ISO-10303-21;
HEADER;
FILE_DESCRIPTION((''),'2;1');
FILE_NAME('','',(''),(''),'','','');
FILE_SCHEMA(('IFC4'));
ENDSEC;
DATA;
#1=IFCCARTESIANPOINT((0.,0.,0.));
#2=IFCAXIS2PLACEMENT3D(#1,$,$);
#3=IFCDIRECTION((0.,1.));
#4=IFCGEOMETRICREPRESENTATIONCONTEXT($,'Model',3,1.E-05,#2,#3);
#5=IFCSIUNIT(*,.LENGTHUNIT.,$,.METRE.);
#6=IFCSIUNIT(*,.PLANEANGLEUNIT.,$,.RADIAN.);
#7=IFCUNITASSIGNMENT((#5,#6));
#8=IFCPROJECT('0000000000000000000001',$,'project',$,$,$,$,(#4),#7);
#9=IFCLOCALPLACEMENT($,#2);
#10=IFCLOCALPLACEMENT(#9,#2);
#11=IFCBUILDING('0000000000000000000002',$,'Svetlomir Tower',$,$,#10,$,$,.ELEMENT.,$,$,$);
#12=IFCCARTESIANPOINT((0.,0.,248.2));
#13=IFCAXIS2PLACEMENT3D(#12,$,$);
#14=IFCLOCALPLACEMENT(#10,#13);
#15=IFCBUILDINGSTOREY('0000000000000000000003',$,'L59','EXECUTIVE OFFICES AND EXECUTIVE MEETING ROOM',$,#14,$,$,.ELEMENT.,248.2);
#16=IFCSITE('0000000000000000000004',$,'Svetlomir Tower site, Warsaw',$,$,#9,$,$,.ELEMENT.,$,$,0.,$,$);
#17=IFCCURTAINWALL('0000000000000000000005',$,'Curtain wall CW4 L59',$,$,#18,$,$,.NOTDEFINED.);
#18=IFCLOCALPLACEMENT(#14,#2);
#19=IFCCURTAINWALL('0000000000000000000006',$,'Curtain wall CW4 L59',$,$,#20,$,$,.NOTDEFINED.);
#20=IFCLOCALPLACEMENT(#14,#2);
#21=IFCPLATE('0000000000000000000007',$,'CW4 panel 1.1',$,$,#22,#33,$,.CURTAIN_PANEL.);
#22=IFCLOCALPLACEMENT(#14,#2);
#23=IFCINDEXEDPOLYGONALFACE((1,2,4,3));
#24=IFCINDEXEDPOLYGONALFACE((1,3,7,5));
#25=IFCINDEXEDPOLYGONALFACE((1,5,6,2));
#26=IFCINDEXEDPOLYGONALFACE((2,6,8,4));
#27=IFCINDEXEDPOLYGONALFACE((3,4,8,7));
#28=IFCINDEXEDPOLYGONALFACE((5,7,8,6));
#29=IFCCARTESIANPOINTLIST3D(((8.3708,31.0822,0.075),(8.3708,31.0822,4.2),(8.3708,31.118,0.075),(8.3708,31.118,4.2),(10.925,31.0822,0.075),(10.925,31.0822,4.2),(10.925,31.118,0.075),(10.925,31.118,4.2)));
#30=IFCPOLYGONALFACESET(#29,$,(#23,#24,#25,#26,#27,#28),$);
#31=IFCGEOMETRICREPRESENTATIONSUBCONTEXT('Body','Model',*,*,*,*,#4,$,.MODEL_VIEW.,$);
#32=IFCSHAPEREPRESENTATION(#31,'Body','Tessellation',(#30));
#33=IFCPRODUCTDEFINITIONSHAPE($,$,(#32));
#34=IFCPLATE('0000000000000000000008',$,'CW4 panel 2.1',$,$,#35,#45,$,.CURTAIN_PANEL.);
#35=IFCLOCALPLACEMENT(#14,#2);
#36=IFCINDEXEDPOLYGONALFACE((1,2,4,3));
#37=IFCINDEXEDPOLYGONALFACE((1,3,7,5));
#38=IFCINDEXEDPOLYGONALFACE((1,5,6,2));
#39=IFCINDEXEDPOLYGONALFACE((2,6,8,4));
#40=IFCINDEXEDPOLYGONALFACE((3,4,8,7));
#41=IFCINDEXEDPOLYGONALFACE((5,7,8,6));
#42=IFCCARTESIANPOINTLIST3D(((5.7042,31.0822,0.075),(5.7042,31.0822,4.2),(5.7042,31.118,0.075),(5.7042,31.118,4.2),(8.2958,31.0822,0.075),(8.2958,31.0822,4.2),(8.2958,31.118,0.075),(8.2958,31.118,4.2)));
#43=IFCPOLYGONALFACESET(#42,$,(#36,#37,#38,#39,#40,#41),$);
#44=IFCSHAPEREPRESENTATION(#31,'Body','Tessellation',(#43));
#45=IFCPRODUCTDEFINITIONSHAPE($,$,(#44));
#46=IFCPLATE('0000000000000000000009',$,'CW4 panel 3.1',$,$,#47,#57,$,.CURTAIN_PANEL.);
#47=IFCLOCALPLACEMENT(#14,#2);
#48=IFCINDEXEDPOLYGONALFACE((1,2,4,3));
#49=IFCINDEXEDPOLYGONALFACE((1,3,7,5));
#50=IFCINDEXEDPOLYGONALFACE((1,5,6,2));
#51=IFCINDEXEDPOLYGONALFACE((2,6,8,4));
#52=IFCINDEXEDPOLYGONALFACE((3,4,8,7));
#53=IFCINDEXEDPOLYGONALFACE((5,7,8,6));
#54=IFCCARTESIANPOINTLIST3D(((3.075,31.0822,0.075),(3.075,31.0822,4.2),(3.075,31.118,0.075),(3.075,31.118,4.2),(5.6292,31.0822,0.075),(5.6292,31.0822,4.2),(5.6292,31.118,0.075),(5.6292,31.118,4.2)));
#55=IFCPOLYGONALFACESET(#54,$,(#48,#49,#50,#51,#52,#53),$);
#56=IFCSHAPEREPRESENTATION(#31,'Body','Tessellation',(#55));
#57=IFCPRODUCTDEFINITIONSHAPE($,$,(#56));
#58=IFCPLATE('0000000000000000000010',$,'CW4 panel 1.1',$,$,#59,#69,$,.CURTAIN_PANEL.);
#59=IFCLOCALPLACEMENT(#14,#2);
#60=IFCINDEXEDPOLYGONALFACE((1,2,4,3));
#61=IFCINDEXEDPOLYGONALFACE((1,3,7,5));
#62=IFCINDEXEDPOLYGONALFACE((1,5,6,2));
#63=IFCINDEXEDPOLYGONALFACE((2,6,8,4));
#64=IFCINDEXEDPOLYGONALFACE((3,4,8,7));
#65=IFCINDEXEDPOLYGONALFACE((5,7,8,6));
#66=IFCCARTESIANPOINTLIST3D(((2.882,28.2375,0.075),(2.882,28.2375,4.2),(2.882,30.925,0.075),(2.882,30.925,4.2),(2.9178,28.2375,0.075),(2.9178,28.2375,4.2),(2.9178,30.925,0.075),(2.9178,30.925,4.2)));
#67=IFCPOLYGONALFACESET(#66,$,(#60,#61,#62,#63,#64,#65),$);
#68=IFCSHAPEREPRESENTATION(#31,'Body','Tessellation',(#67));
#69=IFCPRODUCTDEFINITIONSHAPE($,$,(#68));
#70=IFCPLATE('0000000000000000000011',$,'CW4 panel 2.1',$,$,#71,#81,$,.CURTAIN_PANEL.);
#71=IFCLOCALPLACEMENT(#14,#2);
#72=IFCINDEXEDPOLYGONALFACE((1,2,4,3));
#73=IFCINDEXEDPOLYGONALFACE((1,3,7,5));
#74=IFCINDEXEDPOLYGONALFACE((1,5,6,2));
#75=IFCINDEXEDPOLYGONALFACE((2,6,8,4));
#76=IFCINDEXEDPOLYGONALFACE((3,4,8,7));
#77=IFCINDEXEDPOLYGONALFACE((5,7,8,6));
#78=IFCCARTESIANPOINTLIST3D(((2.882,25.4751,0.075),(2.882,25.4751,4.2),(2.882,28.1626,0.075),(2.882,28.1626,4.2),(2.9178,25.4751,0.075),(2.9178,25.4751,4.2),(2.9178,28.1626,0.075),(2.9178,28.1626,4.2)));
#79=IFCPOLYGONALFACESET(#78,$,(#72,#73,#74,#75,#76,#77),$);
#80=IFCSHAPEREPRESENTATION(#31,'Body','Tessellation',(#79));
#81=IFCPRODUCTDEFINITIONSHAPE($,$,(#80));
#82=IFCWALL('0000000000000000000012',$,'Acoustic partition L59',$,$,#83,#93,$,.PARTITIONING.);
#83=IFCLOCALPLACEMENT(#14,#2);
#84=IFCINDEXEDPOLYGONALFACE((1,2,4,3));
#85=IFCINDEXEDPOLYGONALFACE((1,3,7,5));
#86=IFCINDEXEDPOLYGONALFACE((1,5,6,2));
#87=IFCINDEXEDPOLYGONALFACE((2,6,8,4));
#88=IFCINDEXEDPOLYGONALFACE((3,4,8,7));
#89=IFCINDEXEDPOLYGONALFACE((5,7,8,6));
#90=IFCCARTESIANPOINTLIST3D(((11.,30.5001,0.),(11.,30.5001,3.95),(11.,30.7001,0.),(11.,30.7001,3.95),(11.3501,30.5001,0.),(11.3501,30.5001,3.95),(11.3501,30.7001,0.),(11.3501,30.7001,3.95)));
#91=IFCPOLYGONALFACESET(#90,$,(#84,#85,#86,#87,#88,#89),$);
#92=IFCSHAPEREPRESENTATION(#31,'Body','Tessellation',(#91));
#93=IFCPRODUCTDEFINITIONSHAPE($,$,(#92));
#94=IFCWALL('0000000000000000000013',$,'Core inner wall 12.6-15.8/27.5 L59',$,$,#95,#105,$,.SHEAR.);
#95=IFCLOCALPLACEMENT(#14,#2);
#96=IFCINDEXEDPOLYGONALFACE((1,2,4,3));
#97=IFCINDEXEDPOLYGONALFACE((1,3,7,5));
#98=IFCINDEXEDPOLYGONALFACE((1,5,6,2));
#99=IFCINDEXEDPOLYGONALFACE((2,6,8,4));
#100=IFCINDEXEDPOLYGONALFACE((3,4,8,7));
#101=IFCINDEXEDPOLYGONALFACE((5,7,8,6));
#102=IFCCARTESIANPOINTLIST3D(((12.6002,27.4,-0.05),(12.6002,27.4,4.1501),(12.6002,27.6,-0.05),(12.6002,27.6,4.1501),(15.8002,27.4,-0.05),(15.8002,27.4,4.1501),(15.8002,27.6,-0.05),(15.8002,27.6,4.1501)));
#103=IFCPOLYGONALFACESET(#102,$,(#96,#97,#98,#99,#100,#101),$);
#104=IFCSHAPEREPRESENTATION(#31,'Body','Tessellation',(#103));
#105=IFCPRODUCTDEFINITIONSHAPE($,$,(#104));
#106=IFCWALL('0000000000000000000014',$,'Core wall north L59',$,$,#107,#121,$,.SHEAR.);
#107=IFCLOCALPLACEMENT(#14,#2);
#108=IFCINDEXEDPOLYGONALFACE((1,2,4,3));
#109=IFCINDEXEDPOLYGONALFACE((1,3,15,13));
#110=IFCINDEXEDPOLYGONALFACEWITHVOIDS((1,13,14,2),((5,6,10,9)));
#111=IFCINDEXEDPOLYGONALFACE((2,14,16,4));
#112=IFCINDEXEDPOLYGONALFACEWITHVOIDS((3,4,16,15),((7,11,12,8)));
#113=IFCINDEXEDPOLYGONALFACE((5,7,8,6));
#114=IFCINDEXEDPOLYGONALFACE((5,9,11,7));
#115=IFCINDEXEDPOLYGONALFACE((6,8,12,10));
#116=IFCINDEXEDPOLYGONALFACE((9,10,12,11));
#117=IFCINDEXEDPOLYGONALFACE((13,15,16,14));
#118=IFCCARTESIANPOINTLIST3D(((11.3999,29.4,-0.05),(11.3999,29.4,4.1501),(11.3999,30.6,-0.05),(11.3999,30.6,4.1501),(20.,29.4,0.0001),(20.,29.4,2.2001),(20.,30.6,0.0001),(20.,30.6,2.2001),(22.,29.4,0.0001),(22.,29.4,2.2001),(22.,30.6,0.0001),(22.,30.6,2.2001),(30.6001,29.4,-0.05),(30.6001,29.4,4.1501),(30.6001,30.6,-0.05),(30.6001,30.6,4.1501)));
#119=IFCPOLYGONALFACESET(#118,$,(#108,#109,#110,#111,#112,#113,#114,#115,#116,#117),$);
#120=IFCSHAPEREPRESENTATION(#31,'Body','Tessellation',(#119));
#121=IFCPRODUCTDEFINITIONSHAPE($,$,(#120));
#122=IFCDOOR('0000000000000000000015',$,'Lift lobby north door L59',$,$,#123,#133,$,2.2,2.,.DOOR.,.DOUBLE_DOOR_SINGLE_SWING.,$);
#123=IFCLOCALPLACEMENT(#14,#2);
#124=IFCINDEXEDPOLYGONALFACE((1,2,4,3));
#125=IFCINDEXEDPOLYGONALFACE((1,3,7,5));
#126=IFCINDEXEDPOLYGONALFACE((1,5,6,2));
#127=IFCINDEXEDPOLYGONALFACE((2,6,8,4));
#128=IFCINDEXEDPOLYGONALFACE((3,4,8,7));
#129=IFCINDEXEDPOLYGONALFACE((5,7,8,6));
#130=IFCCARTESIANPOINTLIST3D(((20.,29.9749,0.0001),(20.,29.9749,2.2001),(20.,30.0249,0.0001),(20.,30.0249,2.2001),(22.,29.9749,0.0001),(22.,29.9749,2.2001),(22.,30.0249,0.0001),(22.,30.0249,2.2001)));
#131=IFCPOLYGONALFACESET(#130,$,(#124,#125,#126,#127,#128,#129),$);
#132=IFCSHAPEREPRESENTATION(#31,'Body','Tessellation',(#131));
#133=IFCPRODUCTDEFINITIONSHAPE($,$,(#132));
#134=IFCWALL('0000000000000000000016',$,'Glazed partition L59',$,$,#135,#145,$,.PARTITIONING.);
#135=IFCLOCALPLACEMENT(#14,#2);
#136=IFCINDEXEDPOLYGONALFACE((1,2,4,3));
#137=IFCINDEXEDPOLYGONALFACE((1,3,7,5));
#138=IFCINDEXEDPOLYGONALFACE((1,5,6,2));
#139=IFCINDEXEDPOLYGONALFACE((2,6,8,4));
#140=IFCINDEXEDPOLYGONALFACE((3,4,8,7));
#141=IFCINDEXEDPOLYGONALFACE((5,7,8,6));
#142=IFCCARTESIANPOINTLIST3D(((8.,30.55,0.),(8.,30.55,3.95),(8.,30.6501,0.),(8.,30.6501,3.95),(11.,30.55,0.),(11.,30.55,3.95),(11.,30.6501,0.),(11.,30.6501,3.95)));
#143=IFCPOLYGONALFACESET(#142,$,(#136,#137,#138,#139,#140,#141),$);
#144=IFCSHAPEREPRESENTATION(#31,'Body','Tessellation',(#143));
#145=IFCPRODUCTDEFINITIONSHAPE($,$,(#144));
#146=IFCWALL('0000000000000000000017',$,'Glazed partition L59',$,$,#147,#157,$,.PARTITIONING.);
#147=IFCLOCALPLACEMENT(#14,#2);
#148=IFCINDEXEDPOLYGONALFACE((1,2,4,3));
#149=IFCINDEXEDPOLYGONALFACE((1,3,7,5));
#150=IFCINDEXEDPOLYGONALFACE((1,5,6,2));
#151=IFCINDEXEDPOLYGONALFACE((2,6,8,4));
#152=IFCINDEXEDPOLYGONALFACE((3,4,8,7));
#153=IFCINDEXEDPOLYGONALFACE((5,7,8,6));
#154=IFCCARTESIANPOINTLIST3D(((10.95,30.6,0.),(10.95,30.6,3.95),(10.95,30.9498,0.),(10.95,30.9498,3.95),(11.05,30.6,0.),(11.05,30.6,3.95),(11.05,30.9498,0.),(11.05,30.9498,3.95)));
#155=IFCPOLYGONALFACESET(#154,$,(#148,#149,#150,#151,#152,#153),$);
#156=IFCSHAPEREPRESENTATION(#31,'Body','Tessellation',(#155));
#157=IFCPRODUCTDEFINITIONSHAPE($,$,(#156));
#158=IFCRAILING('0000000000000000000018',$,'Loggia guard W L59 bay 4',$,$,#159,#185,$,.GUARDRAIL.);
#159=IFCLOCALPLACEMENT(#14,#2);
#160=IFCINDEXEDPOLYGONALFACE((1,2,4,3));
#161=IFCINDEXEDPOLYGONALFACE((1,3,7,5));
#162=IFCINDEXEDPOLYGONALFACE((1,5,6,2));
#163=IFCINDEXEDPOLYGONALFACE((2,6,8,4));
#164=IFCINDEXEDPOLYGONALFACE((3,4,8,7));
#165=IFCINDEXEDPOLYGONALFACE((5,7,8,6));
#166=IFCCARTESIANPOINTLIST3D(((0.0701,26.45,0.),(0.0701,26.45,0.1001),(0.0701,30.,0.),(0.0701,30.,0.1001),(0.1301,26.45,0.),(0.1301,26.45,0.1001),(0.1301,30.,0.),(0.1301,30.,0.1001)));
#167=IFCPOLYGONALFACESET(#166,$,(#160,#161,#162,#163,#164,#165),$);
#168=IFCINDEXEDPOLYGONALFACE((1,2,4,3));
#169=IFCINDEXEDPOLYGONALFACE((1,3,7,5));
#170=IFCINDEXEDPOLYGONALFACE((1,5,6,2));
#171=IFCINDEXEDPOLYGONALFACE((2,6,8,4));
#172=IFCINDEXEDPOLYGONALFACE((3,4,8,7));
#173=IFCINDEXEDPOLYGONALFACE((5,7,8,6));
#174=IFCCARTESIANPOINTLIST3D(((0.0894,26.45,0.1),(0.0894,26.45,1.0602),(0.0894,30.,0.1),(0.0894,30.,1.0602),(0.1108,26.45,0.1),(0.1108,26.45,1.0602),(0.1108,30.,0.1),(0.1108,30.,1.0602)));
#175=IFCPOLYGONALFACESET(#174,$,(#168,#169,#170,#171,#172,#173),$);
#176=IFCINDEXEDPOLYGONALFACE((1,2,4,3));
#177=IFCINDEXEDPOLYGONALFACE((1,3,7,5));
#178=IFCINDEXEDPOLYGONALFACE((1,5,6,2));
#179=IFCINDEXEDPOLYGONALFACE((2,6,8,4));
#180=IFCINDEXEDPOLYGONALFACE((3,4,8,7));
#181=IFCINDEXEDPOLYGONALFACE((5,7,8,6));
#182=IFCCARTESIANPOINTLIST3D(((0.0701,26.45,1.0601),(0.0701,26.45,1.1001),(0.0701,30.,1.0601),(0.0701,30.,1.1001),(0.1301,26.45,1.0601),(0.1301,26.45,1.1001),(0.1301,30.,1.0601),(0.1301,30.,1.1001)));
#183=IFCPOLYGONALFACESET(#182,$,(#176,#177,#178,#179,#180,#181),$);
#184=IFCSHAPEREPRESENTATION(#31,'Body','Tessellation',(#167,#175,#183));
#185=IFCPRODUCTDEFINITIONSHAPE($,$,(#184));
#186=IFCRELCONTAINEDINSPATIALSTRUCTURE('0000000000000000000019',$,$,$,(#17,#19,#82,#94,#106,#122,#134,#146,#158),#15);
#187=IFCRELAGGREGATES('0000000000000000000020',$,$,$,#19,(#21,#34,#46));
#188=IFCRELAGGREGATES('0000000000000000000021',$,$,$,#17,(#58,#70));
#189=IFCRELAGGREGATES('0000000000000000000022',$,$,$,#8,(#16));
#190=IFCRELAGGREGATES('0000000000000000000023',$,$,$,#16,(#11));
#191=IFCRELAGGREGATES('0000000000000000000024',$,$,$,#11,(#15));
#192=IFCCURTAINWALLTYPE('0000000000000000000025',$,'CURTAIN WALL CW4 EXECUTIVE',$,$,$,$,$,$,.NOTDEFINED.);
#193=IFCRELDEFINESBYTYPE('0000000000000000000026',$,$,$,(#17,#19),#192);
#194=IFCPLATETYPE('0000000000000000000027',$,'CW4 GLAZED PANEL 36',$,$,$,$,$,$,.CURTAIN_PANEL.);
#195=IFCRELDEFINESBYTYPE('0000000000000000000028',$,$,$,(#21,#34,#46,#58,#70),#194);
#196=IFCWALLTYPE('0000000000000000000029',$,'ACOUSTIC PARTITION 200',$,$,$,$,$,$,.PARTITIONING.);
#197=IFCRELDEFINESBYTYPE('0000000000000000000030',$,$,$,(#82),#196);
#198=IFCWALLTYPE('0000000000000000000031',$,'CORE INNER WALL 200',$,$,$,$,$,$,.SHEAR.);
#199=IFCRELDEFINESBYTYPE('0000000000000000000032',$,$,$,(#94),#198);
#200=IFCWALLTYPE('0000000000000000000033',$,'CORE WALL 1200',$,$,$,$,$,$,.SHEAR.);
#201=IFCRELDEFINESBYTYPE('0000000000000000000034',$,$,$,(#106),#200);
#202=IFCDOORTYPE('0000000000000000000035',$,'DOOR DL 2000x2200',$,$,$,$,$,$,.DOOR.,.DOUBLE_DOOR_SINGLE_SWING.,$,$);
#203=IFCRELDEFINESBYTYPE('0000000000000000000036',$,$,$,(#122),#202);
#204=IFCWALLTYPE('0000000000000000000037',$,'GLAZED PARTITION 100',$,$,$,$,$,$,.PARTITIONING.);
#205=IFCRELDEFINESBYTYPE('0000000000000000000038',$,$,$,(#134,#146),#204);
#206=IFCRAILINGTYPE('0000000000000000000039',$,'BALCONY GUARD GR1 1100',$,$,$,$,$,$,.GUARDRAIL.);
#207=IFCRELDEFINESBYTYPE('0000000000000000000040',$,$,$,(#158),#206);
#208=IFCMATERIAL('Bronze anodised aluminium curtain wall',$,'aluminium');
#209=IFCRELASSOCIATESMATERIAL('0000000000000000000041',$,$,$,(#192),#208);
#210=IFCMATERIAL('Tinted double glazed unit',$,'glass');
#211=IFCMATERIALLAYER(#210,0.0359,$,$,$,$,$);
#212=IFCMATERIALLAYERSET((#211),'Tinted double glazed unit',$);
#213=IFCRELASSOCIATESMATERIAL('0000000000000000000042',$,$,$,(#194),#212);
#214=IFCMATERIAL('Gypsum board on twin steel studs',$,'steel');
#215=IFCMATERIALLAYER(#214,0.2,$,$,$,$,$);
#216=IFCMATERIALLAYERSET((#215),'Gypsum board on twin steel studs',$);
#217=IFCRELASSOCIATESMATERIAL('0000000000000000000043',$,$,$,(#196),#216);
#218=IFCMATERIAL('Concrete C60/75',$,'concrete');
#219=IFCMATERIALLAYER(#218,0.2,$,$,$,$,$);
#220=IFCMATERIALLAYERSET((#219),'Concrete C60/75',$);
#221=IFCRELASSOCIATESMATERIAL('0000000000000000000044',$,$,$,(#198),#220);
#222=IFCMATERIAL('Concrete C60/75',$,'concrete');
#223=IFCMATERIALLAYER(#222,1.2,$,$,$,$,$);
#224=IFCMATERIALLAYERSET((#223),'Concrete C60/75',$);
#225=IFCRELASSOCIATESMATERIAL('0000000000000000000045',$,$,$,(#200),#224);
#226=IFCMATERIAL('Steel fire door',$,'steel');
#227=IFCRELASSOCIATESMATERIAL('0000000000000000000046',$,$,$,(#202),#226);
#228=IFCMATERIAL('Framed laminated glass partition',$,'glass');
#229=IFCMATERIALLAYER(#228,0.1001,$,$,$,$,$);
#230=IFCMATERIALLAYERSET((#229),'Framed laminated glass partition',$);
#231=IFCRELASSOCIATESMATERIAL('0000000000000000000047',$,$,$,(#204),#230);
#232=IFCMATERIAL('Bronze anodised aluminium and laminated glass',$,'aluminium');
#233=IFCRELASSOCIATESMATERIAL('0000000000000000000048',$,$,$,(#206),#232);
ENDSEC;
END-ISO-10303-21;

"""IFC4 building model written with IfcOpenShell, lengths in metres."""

from ifc_helpers import new_model, si_unit, direction, frame, frame_2d, origin, origin_2d, place, context, subcontext, project, spatial, rectangle, extrude, material, layer, layer_set, type_object, element, fill, aggregate, save


model = new_model("IFC4")

# Units and contexts
model_context = context("Model", 3, precision=1e-05, world=origin(), true_north=direction((0.0, 1.0)))
body_context = subcontext(model_context, "Body", "Model", "MODEL_VIEW")
ifc_project = project(units=[si_unit("LENGTHUNIT", "METRE"), si_unit("PLANEANGLEUNIT", "RADIAN")], contexts=[model_context])

# Site, building, storey
site_placement = place(None, origin())
site = spatial("IfcSite", under=ifc_project, at=site_placement, Name="Svetlomir Tower site, Warsaw", CompositionType="ELEMENT", RefElevation=0.0)
building_placement = place(site_placement, origin())
building = spatial("IfcBuilding", under=site, at=building_placement, Name="Svetlomir Tower", CompositionType="ELEMENT")
storey_placement = place(building_placement, frame((0.0, 0.0, 248.2)))
storey = spatial("IfcBuildingStorey", under=building, at=storey_placement, Name="L59", Description="EXECUTIVE OFFICES AND EXECUTIVE MEETING ROOM", CompositionType="ELEMENT", Elevation=248.2)

# Curtain wall
ifc_material_1 = material(Name="Bronze anodised aluminium curtain wall", Category="aluminium")
curtain_wall_type = type_object("IfcCurtainWallType", Name="CURTAIN WALL CW4 EXECUTIVE", PredefinedType="NOTDEFINED", material=ifc_material_1)
curtain_wall_1_placement = place(storey_placement, origin())
curtain_wall_1 = element("IfcCurtainWall", 1, at=curtain_wall_1_placement, inside=storey, type_object=curtain_wall_type, Name="Curtain wall CW4 L59", PredefinedType="NOTDEFINED")

# Curtain wall
curtain_wall_2_placement = place(storey_placement, origin())
curtain_wall_2 = element("IfcCurtainWall", 2, at=curtain_wall_2_placement, inside=storey, type_object=curtain_wall_type, Name="Curtain wall CW4 L59", PredefinedType="NOTDEFINED")

# Plates
ifc_material_2 = material(Name="Tinted double glazed unit", Category="glass")
ifc_layer_1 = layer(ifc_material_2, 0.0359)
ifc_layer_set_1 = layer_set([ifc_layer_1], Name="Tinted double glazed unit")
plate_type = type_object("IfcPlateType", Name="CW4 GLAZED PANEL 36", PredefinedType="CURTAIN_PANEL", material=ifc_layer_set_1)
plate_1_placement = place(storey_placement, frame((9.6479, 31.1001, 0.075), z_axis=(0.0, 0.0, 1.0), x_axis=(-1.0, 0.0, 0.0)))
plate_1 = element("IfcPlate", 3, at=plate_1_placement, type_object=plate_type, Name="CW4 panel 1.1", PredefinedType="CURTAIN_PANEL", context=body_context, shape_type="SweptSolid", body=[
    extrude(rectangle(XDim=2.5542, YDim=0.0359, at=origin_2d()), origin(), (0.0, 0.0, 1.0), 4.125),
])
plate_2_placement = place(storey_placement, frame((7.0, 31.1001, 0.075), z_axis=(0.0, 0.0, 1.0), x_axis=(-1.0, 0.0, 0.0)))
plate_2 = element("IfcPlate", 4, at=plate_2_placement, type_object=plate_type, Name="CW4 panel 2.1", PredefinedType="CURTAIN_PANEL", context=body_context, shape_type="SweptSolid", body=[
    extrude(rectangle(XDim=2.5916, YDim=0.0359, at=origin_2d()), origin(), (0.0, 0.0, 1.0), 4.125),
])
plate_3_placement = place(storey_placement, frame((4.3521, 31.1001, 0.075), z_axis=(0.0, 0.0, 1.0), x_axis=(-1.0, 0.0, 0.0)))
plate_3 = element("IfcPlate", 5, at=plate_3_placement, type_object=plate_type, Name="CW4 panel 3.1", PredefinedType="CURTAIN_PANEL", context=body_context, shape_type="SweptSolid", body=[
    extrude(rectangle(XDim=2.5542, YDim=0.0359, at=origin_2d()), origin(), (0.0, 0.0, 1.0), 4.125),
])
aggregate(curtain_wall_2, [plate_1, plate_2, plate_3])
plate_4_placement = place(storey_placement, frame((2.8999, 29.5813, 0.075), z_axis=(0.0, 0.0, 1.0), x_axis=(0.0, -1.0, 0.0)))
plate_4 = element("IfcPlate", 6, at=plate_4_placement, type_object=plate_type, Name="CW4 panel 1.1", PredefinedType="CURTAIN_PANEL", context=body_context, shape_type="SweptSolid", body=[
    extrude(rectangle(XDim=2.6875, YDim=0.0359, at=origin_2d()), origin(), (0.0, 0.0, 1.0), 4.125),
])
plate_5_placement = place(storey_placement, frame((2.8999, 26.8188, 0.075), z_axis=(0.0, 0.0, 1.0), x_axis=(0.0, -1.0, 0.0)))
plate_5 = element("IfcPlate", 7, at=plate_5_placement, type_object=plate_type, Name="CW4 panel 2.1", PredefinedType="CURTAIN_PANEL", context=body_context, shape_type="SweptSolid", body=[
    extrude(rectangle(XDim=2.6875, YDim=0.0359, at=origin_2d()), origin(), (0.0, 0.0, 1.0), 4.125),
])
aggregate(curtain_wall_1, [plate_4, plate_5])

# Walls
ifc_material_3 = material(Name="Gypsum board on twin steel studs", Category="steel")
ifc_layer_2 = layer(ifc_material_3, 0.2)
ifc_layer_set_2 = layer_set([ifc_layer_2], Name="Gypsum board on twin steel studs")
wall_type_1 = type_object("IfcWallType", Name="ACOUSTIC PARTITION 200", PredefinedType="PARTITIONING", material=ifc_layer_set_2)
wall_1_placement = place(storey_placement, frame((11.0, 30.6001, 0.0), z_axis=(0.0, 0.0, 1.0), x_axis=(1.0, 0.0, 0.0)))
element("IfcWall", 8, at=wall_1_placement, inside=storey, type_object=wall_type_1, Name="Acoustic partition L59", PredefinedType="PARTITIONING", context=body_context, shape_type="SweptSolid", body=[
    extrude(rectangle(XDim=0.3501, YDim=0.2, at=frame_2d((0.175, 0.0))), origin(), (0.0, 0.0, 1.0), 3.95),
])
ifc_material_4 = material(Name="Concrete C60/75", Category="concrete")
ifc_layer_3 = layer(ifc_material_4, 0.2)
ifc_layer_set_3 = layer_set([ifc_layer_3], Name="Concrete C60/75")
wall_type_2 = type_object("IfcWallType", Name="CORE INNER WALL 200", PredefinedType="SHEAR", material=ifc_layer_set_3)
wall_2_placement = place(storey_placement, frame((12.6001, 27.5, -0.05), z_axis=(0.0, 0.0, 1.0), x_axis=(1.0, 0.0, 0.0)))
element("IfcWall", 9, at=wall_2_placement, inside=storey, type_object=wall_type_2, Name="Core inner wall 12.6-15.8/27.5 L59", PredefinedType="SHEAR", context=body_context, shape_type="SweptSolid", body=[
    extrude(rectangle(XDim=3.2, YDim=0.2, at=frame_2d((1.6001, 0.0))), origin(), (0.0, 0.0, 1.0), 4.2002),
])

# Wall, opening, door
ifc_material_5 = material(Name="Concrete C60/75", Category="concrete")
ifc_layer_4 = layer(ifc_material_5, 1.2)
ifc_layer_set_4 = layer_set([ifc_layer_4], Name="Concrete C60/75")
wall_type_3 = type_object("IfcWallType", Name="CORE WALL 1200", PredefinedType="SHEAR", material=ifc_layer_set_4)
wall_3_placement = place(storey_placement, frame((11.3999, 30.0, -0.05), z_axis=(0.0, 0.0, 1.0), x_axis=(1.0, 0.0, 0.0)))
wall_3 = element("IfcWall", 10, at=wall_3_placement, inside=storey, type_object=wall_type_3, Name="Core wall north L59", PredefinedType="SHEAR", context=body_context, shape_type="SweptSolid", body=[
    extrude(rectangle(XDim=19.2002, YDim=1.2, at=frame_2d((9.6001, 0.0))), origin(), (0.0, 0.0, 1.0), 4.2002),
])
opening_placement = place(wall_3_placement, frame((8.6001, 0.0, 0.05)))
opening = element("IfcOpeningElement", 11, at=opening_placement, cuts=wall_3, PredefinedType="OPENING", context=body_context, shape_type="SweptSolid", body=[
    extrude(rectangle(XDim=2.0, YDim=2.2, at=frame_2d((1.0, 1.1001))), frame((0.0, 0.6099, 0.0), z_axis=(0.0, -1.0, 0.0), x_axis=(1.0, 0.0, 0.0)), (0.0, 0.0, 1.0), 1.22),
])
ifc_material_6 = material(Name="Steel fire door", Category="steel")
door_type = type_object("IfcDoorType", Name="DOOR DL 2000x2200", OperationType="DOUBLE_DOOR_SINGLE_SWING", PredefinedType="DOOR", material=ifc_material_6)
door_placement = place(opening_placement, origin())
door = element("IfcDoor", 12, at=door_placement, inside=storey, type_object=door_type, Name="Lift lobby north door L59", OperationType="DOUBLE_DOOR_SINGLE_SWING", OverallHeight=2.2, OverallWidth=2.0, PredefinedType="DOOR", context=body_context, shape_type="SweptSolid", body=[
    extrude(rectangle(XDim=2.0, YDim=2.2, at=frame_2d((1.0, 1.1001))), frame((0.0, 0.0249, 0.0), z_axis=(0.0, -1.0, 0.0), x_axis=(1.0, 0.0, 0.0)), (0.0, 0.0, 1.0), 0.05),
])
fill(opening, door)

# Walls
ifc_material_7 = material(Name="Framed laminated glass partition", Category="glass")
ifc_layer_5 = layer(ifc_material_7, 0.1001)
ifc_layer_set_5 = layer_set([ifc_layer_5], Name="Framed laminated glass partition")
wall_type_4 = type_object("IfcWallType", Name="GLAZED PARTITION 100", PredefinedType="PARTITIONING", material=ifc_layer_set_5)
wall_4_placement = place(storey_placement, frame((8.0, 30.6001, 0.0), z_axis=(0.0, 0.0, 1.0), x_axis=(1.0, 0.0, 0.0)))
element("IfcWall", 13, at=wall_4_placement, inside=storey, type_object=wall_type_4, Name="Glazed partition L59", PredefinedType="PARTITIONING", context=body_context, shape_type="SweptSolid", body=[
    extrude(rectangle(XDim=3.0, YDim=0.1001, at=frame_2d((1.5, 0.0))), origin(), (0.0, 0.0, 1.0), 3.95),
])
wall_5_placement = place(storey_placement, frame((11.0, 30.6001, 0.0), z_axis=(0.0, 0.0, 1.0), x_axis=(0.0, 1.0, 0.0)))
element("IfcWall", 14, at=wall_5_placement, inside=storey, type_object=wall_type_4, Name="Glazed partition L59", PredefinedType="PARTITIONING", context=body_context, shape_type="SweptSolid", body=[
    extrude(rectangle(XDim=0.3499, YDim=0.1001, at=frame_2d((0.1748, 0.0))), origin(), (0.0, 0.0, 1.0), 3.95),
])

# Railing
ifc_material_8 = material(Name="Bronze anodised aluminium and laminated glass", Category="aluminium")
railing_type = type_object("IfcRailingType", Name="BALCONY GUARD GR1 1100", PredefinedType="GUARDRAIL", material=ifc_material_8)
railing_1_placement = place(storey_placement, frame((0.1001, 26.45, 0.0)))
element("IfcRailing", 15, at=railing_1_placement, inside=storey, type_object=railing_type, Name="Loggia guard W L59 bay 4", PredefinedType="GUARDRAIL", context=body_context, shape_type="SweptSolid", body=[
    extrude(rectangle(XDim=0.0601, YDim=0.1001, at=origin_2d()), frame((0.0, 0.0, 0.05), z_axis=(0.0, 1.0, 0.0), x_axis=(-1.0, 0.0, 0.0)), (0.0, 0.0, 1.0), 3.55),
    extrude(rectangle(XDim=0.0215, YDim=0.9602, at=origin_2d()), frame((0.0, 0.0, 0.5801), z_axis=(0.0, 1.0, 0.0), x_axis=(-1.0, 0.0, 0.0)), (0.0, 0.0, 1.0), 3.55),
    extrude(rectangle(XDim=0.0601, YDim=0.04, at=origin_2d()), frame((0.0, 0.0, 1.0801), z_axis=(0.0, 1.0, 0.0), x_axis=(-1.0, 0.0, 0.0)), (0.0, 0.0, 1.0), 3.55),
])

save(model, "model.ifc")
